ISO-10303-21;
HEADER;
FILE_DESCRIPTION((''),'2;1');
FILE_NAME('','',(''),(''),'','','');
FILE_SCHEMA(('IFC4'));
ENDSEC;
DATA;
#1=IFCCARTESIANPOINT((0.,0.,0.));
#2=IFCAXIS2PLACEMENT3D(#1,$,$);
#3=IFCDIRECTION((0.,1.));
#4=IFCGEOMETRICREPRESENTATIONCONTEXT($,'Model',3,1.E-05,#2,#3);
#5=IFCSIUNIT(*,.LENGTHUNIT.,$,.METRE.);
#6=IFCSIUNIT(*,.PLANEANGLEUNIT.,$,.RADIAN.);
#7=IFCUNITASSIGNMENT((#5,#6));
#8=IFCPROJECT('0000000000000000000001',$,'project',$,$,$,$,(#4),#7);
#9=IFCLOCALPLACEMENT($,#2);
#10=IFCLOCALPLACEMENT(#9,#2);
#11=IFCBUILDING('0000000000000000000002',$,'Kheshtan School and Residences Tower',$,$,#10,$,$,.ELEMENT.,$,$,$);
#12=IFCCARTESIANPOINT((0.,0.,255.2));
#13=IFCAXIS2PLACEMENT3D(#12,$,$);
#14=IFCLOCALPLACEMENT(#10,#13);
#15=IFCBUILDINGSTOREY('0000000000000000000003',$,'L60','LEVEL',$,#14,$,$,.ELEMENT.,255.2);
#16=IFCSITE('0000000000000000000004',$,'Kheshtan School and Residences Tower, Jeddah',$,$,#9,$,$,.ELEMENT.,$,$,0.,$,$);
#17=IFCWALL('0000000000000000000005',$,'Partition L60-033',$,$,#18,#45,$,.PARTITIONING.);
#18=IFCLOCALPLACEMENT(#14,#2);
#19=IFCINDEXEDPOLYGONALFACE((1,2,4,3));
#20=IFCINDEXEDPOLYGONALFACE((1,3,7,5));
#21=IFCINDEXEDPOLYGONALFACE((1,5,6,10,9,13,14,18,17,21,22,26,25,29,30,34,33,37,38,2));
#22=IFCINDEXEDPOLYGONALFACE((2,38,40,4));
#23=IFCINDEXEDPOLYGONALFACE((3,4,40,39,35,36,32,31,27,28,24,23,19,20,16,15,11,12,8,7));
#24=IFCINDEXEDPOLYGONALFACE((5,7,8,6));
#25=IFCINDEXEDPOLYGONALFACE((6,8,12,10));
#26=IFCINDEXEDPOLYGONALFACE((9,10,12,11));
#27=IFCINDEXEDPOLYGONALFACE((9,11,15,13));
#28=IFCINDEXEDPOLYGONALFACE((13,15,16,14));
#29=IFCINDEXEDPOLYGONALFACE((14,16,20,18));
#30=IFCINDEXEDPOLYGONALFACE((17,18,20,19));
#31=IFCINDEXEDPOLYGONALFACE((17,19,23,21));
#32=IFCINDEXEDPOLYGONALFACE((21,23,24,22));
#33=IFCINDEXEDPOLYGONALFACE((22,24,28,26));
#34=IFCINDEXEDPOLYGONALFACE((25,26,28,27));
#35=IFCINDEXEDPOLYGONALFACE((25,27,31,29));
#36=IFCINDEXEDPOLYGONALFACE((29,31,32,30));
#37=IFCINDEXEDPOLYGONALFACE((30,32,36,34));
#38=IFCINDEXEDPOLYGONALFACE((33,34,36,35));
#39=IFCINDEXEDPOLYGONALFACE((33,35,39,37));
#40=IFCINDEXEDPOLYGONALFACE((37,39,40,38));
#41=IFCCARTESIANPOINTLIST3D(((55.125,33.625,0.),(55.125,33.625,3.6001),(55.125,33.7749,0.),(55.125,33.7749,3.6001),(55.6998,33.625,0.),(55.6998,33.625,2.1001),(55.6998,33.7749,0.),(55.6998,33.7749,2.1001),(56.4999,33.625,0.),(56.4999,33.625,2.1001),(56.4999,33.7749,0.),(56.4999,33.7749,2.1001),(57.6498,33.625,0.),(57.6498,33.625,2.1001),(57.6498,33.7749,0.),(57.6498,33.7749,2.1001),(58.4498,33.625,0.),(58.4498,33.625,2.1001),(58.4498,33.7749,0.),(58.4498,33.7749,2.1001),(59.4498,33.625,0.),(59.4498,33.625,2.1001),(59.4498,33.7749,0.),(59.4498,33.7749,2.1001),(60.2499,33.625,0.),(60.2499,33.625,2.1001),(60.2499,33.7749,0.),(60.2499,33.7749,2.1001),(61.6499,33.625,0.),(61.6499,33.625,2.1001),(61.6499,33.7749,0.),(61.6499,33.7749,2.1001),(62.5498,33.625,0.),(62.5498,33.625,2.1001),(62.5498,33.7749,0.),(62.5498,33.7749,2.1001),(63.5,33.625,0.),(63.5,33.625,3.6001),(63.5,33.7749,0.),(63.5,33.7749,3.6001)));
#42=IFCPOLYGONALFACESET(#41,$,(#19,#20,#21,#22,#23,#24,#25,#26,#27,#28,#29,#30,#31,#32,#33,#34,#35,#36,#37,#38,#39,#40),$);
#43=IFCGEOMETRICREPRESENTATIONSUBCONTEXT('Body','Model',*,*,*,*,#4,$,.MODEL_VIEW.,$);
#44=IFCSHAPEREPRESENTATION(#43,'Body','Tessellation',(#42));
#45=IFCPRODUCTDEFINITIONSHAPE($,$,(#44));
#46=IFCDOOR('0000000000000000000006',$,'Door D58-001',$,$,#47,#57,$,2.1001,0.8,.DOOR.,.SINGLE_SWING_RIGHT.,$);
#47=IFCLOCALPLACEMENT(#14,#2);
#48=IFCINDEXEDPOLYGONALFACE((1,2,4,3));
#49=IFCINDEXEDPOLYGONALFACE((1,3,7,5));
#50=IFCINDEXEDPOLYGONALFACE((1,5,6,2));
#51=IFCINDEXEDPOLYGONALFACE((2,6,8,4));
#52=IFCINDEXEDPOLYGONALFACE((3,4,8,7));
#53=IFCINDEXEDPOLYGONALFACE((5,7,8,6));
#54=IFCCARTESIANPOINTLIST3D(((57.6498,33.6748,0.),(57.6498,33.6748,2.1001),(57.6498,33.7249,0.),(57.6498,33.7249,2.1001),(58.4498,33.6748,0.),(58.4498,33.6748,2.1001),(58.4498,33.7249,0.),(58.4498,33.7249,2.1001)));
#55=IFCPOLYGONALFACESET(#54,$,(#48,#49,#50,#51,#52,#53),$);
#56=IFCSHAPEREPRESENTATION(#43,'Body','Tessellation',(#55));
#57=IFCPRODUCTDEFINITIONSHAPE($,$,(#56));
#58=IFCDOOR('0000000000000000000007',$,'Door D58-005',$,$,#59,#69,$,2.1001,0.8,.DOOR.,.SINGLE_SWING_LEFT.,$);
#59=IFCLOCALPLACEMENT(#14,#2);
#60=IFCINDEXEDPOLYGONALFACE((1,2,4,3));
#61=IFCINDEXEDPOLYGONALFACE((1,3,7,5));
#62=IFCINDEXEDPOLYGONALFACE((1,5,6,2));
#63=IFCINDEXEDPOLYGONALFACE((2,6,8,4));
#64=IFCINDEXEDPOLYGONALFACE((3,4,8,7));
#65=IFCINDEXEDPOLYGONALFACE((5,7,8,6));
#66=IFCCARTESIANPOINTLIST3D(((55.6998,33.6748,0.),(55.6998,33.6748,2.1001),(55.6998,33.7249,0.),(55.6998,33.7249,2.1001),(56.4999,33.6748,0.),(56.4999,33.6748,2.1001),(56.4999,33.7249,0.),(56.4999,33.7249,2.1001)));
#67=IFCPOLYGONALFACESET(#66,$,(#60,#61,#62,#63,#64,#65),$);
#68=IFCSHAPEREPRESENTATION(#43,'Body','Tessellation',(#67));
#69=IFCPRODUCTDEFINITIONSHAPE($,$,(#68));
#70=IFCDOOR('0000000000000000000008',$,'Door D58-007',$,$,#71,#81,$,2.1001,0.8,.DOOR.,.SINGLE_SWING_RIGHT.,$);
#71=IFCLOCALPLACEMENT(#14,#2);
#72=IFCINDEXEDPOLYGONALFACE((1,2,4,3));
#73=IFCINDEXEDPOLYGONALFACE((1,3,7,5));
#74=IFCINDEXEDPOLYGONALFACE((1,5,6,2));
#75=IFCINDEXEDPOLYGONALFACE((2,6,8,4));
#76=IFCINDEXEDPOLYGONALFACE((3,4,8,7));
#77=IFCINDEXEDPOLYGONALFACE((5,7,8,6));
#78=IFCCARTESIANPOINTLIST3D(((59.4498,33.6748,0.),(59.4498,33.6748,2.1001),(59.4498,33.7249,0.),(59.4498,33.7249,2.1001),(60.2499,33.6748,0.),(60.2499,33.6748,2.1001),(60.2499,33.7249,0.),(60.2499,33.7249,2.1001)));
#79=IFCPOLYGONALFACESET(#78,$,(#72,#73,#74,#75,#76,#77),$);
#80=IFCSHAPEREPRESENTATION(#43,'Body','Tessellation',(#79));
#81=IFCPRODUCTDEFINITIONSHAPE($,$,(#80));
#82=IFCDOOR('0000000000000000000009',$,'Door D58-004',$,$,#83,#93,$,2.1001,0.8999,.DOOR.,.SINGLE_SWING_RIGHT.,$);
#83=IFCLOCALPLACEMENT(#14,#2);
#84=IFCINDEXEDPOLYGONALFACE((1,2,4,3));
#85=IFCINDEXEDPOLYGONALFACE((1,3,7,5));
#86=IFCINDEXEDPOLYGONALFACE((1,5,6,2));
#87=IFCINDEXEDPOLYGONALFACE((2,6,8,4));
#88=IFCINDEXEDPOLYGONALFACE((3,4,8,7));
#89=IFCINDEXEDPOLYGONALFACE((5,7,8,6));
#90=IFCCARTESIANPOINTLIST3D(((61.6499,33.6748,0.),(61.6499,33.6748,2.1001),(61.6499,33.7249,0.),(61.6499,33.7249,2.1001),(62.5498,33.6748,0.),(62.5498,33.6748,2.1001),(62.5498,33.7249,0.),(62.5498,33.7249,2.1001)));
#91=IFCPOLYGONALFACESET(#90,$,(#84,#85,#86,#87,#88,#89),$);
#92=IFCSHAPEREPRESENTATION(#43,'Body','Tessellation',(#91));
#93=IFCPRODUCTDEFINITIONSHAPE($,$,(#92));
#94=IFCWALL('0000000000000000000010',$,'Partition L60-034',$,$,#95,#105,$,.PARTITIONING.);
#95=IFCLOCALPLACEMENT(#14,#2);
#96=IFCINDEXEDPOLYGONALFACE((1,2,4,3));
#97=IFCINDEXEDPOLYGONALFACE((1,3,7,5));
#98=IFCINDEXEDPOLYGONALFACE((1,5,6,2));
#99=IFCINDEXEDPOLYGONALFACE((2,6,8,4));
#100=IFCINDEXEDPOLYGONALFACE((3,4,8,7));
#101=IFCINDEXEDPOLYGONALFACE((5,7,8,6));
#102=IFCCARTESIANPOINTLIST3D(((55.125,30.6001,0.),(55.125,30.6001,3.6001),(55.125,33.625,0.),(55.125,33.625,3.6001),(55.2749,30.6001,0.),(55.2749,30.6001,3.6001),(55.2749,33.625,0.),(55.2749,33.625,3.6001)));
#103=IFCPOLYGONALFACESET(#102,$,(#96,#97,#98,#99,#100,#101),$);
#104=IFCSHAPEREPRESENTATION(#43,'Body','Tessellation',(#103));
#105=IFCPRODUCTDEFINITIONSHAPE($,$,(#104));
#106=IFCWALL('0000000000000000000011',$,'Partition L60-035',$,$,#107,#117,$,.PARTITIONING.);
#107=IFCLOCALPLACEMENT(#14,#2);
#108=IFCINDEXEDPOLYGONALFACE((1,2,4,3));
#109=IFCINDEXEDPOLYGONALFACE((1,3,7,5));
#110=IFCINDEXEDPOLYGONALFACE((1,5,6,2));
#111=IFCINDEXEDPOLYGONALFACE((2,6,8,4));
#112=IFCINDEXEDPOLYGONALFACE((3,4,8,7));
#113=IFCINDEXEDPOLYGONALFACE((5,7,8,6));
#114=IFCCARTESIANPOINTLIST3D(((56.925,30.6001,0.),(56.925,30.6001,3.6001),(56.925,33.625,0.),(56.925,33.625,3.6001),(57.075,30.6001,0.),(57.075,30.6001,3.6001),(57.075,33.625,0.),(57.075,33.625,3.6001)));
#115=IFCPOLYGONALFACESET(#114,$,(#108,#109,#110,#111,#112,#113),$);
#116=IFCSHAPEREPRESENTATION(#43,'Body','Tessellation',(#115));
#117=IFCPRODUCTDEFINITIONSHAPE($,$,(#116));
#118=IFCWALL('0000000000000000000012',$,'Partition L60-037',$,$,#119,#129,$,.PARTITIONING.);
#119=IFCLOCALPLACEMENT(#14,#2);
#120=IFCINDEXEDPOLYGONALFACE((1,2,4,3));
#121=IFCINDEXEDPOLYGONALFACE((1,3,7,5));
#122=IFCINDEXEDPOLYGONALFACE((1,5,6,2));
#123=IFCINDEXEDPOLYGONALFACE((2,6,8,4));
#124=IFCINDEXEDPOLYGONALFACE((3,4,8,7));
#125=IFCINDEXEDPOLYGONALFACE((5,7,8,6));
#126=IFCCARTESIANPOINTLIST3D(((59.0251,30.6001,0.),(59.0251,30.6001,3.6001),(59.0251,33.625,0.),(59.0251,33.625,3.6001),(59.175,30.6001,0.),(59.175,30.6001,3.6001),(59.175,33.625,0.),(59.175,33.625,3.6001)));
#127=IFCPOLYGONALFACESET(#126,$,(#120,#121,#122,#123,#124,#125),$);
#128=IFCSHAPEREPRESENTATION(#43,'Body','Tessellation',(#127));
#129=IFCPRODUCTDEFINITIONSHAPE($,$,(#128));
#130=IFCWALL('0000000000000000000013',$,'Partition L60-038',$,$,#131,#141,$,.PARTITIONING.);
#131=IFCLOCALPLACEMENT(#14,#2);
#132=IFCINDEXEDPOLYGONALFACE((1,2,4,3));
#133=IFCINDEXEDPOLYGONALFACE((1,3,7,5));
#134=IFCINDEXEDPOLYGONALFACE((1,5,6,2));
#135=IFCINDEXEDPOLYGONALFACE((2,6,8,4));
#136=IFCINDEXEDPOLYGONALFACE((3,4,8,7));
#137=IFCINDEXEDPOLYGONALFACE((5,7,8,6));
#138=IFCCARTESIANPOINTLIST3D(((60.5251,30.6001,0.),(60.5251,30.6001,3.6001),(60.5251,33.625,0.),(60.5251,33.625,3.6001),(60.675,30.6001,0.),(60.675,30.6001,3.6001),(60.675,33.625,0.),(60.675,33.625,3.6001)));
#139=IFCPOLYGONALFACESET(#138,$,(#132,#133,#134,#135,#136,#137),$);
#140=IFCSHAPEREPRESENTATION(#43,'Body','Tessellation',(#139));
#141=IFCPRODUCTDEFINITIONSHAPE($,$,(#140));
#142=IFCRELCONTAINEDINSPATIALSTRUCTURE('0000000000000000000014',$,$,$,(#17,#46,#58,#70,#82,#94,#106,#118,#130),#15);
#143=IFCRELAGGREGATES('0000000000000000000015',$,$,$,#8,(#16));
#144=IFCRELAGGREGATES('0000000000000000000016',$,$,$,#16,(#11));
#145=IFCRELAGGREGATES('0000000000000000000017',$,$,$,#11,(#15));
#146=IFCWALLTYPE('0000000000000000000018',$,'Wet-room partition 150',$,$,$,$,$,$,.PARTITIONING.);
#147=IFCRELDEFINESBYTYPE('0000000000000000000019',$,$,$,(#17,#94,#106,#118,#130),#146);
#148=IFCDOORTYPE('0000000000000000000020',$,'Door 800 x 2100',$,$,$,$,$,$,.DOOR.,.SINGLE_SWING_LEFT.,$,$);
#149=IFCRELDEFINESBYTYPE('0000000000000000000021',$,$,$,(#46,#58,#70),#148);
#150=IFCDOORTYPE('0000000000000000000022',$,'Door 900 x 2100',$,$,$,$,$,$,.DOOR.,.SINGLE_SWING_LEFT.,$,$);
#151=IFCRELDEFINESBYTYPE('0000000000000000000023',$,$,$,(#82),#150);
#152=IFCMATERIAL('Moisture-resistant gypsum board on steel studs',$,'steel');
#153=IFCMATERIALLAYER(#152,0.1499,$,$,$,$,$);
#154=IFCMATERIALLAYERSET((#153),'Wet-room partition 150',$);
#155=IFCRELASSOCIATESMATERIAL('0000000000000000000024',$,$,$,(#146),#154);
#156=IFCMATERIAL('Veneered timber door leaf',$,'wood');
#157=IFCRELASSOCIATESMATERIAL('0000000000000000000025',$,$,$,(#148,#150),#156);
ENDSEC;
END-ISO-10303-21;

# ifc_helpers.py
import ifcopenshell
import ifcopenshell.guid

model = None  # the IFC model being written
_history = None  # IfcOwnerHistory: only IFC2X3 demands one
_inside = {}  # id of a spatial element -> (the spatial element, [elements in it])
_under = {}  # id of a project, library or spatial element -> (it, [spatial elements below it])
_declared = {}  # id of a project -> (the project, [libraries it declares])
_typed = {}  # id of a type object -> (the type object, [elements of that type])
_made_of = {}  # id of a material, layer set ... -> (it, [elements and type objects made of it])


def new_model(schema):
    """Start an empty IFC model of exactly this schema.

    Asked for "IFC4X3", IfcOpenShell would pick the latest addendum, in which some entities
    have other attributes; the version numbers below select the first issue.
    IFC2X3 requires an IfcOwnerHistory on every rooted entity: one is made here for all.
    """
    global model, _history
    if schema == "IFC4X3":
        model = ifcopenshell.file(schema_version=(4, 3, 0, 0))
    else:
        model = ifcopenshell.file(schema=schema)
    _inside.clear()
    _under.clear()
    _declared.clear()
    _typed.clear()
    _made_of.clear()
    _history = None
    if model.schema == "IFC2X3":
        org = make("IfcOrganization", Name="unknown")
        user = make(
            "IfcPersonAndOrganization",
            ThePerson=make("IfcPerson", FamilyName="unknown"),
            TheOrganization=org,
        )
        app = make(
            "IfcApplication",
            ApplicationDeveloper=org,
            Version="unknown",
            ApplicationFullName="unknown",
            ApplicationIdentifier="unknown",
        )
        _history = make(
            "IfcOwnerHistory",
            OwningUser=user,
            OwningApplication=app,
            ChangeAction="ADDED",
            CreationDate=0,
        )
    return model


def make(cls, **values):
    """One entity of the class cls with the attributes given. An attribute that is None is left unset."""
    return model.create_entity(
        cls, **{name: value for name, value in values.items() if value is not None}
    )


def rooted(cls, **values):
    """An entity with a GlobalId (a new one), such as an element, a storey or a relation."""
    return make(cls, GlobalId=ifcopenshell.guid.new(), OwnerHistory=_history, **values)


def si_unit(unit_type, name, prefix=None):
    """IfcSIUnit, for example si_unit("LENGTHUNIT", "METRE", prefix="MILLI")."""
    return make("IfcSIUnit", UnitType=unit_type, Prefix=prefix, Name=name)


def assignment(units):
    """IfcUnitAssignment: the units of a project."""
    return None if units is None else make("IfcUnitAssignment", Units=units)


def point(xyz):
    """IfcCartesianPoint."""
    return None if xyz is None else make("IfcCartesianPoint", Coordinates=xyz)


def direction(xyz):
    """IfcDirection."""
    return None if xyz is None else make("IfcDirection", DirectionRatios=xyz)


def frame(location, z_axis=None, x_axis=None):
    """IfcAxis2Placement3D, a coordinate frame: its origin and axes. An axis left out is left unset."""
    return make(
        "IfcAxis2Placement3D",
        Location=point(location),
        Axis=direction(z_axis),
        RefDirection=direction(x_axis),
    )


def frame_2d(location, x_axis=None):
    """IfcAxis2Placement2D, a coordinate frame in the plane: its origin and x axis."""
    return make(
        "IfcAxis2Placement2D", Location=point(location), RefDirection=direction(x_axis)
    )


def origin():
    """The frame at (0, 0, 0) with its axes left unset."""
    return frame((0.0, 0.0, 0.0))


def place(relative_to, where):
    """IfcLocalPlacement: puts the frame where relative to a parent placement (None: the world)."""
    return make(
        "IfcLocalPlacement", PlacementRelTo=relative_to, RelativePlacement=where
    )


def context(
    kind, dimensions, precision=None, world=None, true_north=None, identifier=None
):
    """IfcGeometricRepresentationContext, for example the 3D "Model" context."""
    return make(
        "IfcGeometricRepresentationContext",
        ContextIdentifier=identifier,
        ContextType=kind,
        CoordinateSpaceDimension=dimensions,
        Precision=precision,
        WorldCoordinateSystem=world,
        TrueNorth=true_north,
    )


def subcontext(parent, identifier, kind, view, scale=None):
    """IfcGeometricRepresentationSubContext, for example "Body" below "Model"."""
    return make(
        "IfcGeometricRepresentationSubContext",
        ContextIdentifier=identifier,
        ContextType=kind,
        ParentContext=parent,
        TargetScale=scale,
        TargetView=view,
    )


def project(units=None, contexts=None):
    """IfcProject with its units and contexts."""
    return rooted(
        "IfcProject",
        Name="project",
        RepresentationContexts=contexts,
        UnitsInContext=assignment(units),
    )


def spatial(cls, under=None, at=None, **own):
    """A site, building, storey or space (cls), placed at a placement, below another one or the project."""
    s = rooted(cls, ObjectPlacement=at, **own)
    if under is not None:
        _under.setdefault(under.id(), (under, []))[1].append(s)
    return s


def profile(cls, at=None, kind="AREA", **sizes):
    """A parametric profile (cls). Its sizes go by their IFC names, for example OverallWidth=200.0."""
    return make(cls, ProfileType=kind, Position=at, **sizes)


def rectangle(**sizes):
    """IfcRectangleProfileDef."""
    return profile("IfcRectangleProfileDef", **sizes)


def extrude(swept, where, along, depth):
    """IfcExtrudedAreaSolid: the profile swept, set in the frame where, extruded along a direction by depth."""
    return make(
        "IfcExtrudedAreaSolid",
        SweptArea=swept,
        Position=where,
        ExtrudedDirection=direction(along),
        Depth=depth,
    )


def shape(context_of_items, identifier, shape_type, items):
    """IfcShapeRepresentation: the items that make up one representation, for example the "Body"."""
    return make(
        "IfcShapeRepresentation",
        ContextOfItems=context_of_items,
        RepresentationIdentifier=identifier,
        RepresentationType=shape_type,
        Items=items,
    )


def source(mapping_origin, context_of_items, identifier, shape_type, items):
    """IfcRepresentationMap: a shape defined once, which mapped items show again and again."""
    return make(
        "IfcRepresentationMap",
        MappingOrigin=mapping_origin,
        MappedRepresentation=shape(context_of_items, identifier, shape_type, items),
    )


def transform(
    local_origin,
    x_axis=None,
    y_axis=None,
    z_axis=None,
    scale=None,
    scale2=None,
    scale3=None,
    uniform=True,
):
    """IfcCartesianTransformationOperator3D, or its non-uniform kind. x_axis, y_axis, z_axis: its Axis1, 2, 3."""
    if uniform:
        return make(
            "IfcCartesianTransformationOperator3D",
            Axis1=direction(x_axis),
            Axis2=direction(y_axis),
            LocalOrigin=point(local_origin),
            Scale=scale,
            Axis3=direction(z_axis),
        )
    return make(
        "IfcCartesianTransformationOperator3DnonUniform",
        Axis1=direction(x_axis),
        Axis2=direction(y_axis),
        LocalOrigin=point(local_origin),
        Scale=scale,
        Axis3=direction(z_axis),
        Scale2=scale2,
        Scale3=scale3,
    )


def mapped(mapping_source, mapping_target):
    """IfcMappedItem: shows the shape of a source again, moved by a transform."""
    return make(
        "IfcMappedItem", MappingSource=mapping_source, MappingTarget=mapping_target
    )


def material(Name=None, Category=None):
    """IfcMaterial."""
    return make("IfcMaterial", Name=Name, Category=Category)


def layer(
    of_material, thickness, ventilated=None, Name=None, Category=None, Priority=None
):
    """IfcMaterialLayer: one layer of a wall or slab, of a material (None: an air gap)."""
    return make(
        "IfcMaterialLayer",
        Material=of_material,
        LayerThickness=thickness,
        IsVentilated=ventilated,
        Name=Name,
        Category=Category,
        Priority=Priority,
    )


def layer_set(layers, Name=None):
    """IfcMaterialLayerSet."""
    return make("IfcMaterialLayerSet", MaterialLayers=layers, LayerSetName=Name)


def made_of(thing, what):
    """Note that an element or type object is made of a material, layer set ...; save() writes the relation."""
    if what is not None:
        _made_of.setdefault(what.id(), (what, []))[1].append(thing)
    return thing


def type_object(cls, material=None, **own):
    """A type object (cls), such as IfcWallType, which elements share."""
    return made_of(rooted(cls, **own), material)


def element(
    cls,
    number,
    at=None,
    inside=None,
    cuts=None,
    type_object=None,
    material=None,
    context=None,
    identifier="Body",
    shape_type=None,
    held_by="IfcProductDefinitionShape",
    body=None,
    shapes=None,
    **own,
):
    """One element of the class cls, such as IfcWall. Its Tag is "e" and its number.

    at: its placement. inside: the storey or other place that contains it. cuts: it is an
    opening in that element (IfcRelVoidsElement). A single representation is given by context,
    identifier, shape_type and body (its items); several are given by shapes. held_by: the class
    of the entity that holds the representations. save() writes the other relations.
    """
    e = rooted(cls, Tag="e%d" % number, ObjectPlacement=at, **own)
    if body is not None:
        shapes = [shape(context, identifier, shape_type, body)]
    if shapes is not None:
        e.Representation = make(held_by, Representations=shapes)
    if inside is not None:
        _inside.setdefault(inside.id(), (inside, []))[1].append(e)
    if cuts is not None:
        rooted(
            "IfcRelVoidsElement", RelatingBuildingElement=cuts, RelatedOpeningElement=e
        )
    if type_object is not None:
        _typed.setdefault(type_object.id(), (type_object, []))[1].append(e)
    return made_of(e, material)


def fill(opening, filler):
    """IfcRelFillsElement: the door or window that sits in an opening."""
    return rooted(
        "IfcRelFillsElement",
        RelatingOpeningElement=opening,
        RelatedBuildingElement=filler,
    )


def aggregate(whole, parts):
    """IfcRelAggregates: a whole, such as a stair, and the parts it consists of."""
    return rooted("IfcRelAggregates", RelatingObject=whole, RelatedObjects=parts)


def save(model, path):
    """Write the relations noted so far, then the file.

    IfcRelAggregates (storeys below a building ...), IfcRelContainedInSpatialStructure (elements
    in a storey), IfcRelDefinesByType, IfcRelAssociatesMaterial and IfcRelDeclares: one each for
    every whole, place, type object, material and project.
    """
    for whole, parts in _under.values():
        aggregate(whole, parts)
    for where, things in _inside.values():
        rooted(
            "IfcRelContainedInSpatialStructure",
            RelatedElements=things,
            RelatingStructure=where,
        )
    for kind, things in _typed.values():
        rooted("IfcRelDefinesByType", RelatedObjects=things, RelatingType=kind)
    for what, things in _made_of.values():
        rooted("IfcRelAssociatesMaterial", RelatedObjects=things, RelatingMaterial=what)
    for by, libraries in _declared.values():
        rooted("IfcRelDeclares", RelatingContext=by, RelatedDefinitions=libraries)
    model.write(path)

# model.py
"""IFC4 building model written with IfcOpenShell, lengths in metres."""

from ifc_helpers import new_model, si_unit, direction, frame, frame_2d, origin, place, context, subcontext, project, spatial, rectangle, extrude, source, transform, mapped, material, layer, layer_set, type_object, element, fill, save


model = new_model("IFC4")

# Units and contexts
model_context = context("Model", 3, precision=1e-05, world=origin(), true_north=direction((0.0, 1.0)))
body_context = subcontext(model_context, "Body", "Model", "MODEL_VIEW")
ifc_project = project(units=[si_unit("LENGTHUNIT", "METRE"), si_unit("PLANEANGLEUNIT", "RADIAN")], contexts=[model_context])

# Site, building, storey
site_placement = place(None, origin())
site = spatial("IfcSite", under=ifc_project, at=site_placement, Name="Kheshtan School and Residences Tower, Jeddah", CompositionType="ELEMENT", RefElevation=0.0)
building_placement = place(site_placement, origin())
building = spatial("IfcBuilding", under=site, at=building_placement, Name="Kheshtan School and Residences Tower", CompositionType="ELEMENT")
storey_placement = place(building_placement, frame((0.0, 0.0, 255.2)))
storey = spatial("IfcBuildingStorey", under=building, at=storey_placement, Name="L60", Description="LEVEL", CompositionType="ELEMENT", Elevation=255.2)

# Wall, openings, doors
ifc_material_1 = material(Name="Moisture-resistant gypsum board on steel studs", Category="steel")
ifc_layer_1 = layer(ifc_material_1, 0.1499)
ifc_layer_set_1 = layer_set([ifc_layer_1], Name="Wet-room partition 150")
wall_type_1 = type_object("IfcWallType", Name="Wet-room partition 150", PredefinedType="PARTITIONING", material=ifc_layer_set_1)
wall_1_placement = place(storey_placement, frame((55.125, 33.7, 0.0), z_axis=(0.0, 0.0, 1.0), x_axis=(1.0, 0.0, 0.0)))
wall_1 = element("IfcWall", 1, at=wall_1_placement, inside=storey, type_object=wall_type_1, Name="Partition L60-033", PredefinedType="PARTITIONING", context=body_context, shape_type="SweptSolid", body=[
    extrude(rectangle(XDim=8.375, YDim=0.1499, at=frame_2d((4.1875, 0.0))), origin(), (0.0, 0.0, 1.0), 3.6001),
])
opening_1_placement = place(wall_1_placement, frame((2.5249, 0.0, 0.0)))
opening_1 = element("IfcOpeningElement", 2, at=opening_1_placement, cuts=wall_1, PredefinedType="OPENING", context=body_context, shape_type="SweptSolid", body=[
    extrude(rectangle(XDim=0.8, YDim=2.1001, at=frame_2d((0.3999, 1.05))), frame((0.0, 0.085, 0.0), z_axis=(0.0, -1.0, 0.0), x_axis=(1.0, 0.0, 0.0)), (0.0, 0.0, 1.0), 0.1699),
])
opening_2_placement = place(wall_1_placement, frame((6.5249, 0.0, 0.0)))
opening_2 = element("IfcOpeningElement", 3, at=opening_2_placement, cuts=wall_1, PredefinedType="OPENING", context=body_context, shape_type="SweptSolid", body=[
    extrude(rectangle(XDim=0.8999, YDim=2.1001, at=frame_2d((0.45, 1.05))), frame((0.0, 0.085, 0.0), z_axis=(0.0, -1.0, 0.0), x_axis=(1.0, 0.0, 0.0)), (0.0, 0.0, 1.0), 0.1699),
])
opening_3_placement = place(wall_1_placement, frame((0.575, 0.0, 0.0)))
opening_3 = element("IfcOpeningElement", 4, at=opening_3_placement, cuts=wall_1, PredefinedType="OPENING", context=body_context, shape_type="SweptSolid", body=[
    extrude(rectangle(XDim=0.8, YDim=2.1001, at=frame_2d((0.3999, 1.05))), frame((0.0, 0.085, 0.0), z_axis=(0.0, -1.0, 0.0), x_axis=(1.0, 0.0, 0.0)), (0.0, 0.0, 1.0), 0.1699),
])
opening_4_placement = place(wall_1_placement, frame((4.325, 0.0, 0.0)))
opening_4 = element("IfcOpeningElement", 5, at=opening_4_placement, cuts=wall_1, PredefinedType="OPENING", context=body_context, shape_type="SweptSolid", body=[
    extrude(rectangle(XDim=0.8, YDim=2.1001, at=frame_2d((0.3999, 1.05))), frame((0.0, 0.085, 0.0), z_axis=(0.0, -1.0, 0.0), x_axis=(1.0, 0.0, 0.0)), (0.0, 0.0, 1.0), 0.1699),
])
ifc_material_2 = material(Name="Veneered timber door leaf", Category="wood")
door_type_1 = type_object("IfcDoorType", Name="Door 800 x 2100", OperationType="SINGLE_SWING_LEFT", PredefinedType="DOOR", material=ifc_material_2)
shared_shape_1 = source(origin(), body_context, "Body", "SweptSolid", [
    extrude(rectangle(XDim=0.8, YDim=2.1001, at=frame_2d((0.3999, 1.05))), frame((0.0, 0.0249, 0.0), z_axis=(0.0, -1.0, 0.0), x_axis=(1.0, 0.0, 0.0)), (0.0, 0.0, 1.0), 0.05),
])
door_1_placement = place(opening_1_placement, origin())
door_1 = element("IfcDoor", 6, at=door_1_placement, inside=storey, type_object=door_type_1, Name="Door D58-001", OperationType="SINGLE_SWING_RIGHT", OverallHeight=2.1001, OverallWidth=0.8, PredefinedType="DOOR", context=body_context, shape_type="MappedRepresentation", body=[
    mapped(shared_shape_1, transform((0.0, 0.0, 0.0), x_axis=(1.0, 0.0, 0.0), y_axis=(0.0, 1.0, 0.0), z_axis=(0.0, 0.0, 1.0), scale=1.0)),
])
fill(opening_1, door_1)
door_2_placement = place(opening_3_placement, origin())
door_2 = element("IfcDoor", 7, at=door_2_placement, inside=storey, type_object=door_type_1, Name="Door D58-005", OperationType="SINGLE_SWING_LEFT", OverallHeight=2.1001, OverallWidth=0.8, PredefinedType="DOOR", context=body_context, shape_type="MappedRepresentation", body=[
    mapped(shared_shape_1, transform((0.0, 0.0, 0.0), x_axis=(1.0, 0.0, 0.0), y_axis=(0.0, 1.0, 0.0), z_axis=(0.0, 0.0, 1.0), scale=1.0)),
])
fill(opening_3, door_2)
door_3_placement = place(opening_4_placement, origin())
door_3 = element("IfcDoor", 8, at=door_3_placement, inside=storey, type_object=door_type_1, Name="Door D58-007", OperationType="SINGLE_SWING_RIGHT", OverallHeight=2.1001, OverallWidth=0.8, PredefinedType="DOOR", context=body_context, shape_type="MappedRepresentation", body=[
    mapped(shared_shape_1, transform((0.0, 0.0, 0.0), x_axis=(1.0, 0.0, 0.0), y_axis=(0.0, 1.0, 0.0), z_axis=(0.0, 0.0, 1.0), scale=1.0)),
])
fill(opening_4, door_3)
door_type_2 = type_object("IfcDoorType", Name="Door 900 x 2100", OperationType="SINGLE_SWING_LEFT", PredefinedType="DOOR", material=ifc_material_2)
shared_shape_2 = source(origin(), body_context, "Body", "SweptSolid", [
    extrude(rectangle(XDim=0.8999, YDim=2.1001, at=frame_2d((0.45, 1.05))), frame((0.0, 0.0249, 0.0), z_axis=(0.0, -1.0, 0.0), x_axis=(1.0, 0.0, 0.0)), (0.0, 0.0, 1.0), 0.05),
])
door_4_placement = place(opening_2_placement, origin())
door_4 = element("IfcDoor", 9, at=door_4_placement, inside=storey, type_object=door_type_2, Name="Door D58-004", OperationType="SINGLE_SWING_RIGHT", OverallHeight=2.1001, OverallWidth=0.8999, PredefinedType="DOOR", context=body_context, shape_type="MappedRepresentation", body=[
    mapped(shared_shape_2, transform((0.0, 0.0, 0.0), x_axis=(1.0, 0.0, 0.0), y_axis=(0.0, 1.0, 0.0), z_axis=(0.0, 0.0, 1.0), scale=1.0)),
])
fill(opening_2, door_4)

# Walls
for number, where, z_axis, x_axis, name in (
    (10, (55.2, 30.6001, 0.0), (0.0, 0.0, 1.0), (0.0, 1.0, 0.0), "Partition L60-034"),
    (11, (57.0, 30.6001, 0.0), (0.0, 0.0, 1.0), (0.0, 1.0, 0.0), "Partition L60-035"),
    (12, (59.1001, 30.6001, 0.0), (0.0, 0.0, 1.0), (0.0, 1.0, 0.0), "Partition L60-037"),
    (13, (60.6001, 30.6001, 0.0), (0.0, 0.0, 1.0), (0.0, 1.0, 0.0), "Partition L60-038"),
):
    element("IfcWall", number, at=place(storey_placement, frame(where, z_axis=z_axis, x_axis=x_axis)), inside=storey, type_object=wall_type_1, Name=name, PredefinedType="PARTITIONING", context=body_context, shape_type="SweptSolid", body=[
        extrude(rectangle(XDim=3.0249, YDim=0.1499, at=frame_2d((1.5125, 0.0))), origin(), (0.0, 0.0, 1.0), 3.6001),
    ])

save(model, "model.ifc")
